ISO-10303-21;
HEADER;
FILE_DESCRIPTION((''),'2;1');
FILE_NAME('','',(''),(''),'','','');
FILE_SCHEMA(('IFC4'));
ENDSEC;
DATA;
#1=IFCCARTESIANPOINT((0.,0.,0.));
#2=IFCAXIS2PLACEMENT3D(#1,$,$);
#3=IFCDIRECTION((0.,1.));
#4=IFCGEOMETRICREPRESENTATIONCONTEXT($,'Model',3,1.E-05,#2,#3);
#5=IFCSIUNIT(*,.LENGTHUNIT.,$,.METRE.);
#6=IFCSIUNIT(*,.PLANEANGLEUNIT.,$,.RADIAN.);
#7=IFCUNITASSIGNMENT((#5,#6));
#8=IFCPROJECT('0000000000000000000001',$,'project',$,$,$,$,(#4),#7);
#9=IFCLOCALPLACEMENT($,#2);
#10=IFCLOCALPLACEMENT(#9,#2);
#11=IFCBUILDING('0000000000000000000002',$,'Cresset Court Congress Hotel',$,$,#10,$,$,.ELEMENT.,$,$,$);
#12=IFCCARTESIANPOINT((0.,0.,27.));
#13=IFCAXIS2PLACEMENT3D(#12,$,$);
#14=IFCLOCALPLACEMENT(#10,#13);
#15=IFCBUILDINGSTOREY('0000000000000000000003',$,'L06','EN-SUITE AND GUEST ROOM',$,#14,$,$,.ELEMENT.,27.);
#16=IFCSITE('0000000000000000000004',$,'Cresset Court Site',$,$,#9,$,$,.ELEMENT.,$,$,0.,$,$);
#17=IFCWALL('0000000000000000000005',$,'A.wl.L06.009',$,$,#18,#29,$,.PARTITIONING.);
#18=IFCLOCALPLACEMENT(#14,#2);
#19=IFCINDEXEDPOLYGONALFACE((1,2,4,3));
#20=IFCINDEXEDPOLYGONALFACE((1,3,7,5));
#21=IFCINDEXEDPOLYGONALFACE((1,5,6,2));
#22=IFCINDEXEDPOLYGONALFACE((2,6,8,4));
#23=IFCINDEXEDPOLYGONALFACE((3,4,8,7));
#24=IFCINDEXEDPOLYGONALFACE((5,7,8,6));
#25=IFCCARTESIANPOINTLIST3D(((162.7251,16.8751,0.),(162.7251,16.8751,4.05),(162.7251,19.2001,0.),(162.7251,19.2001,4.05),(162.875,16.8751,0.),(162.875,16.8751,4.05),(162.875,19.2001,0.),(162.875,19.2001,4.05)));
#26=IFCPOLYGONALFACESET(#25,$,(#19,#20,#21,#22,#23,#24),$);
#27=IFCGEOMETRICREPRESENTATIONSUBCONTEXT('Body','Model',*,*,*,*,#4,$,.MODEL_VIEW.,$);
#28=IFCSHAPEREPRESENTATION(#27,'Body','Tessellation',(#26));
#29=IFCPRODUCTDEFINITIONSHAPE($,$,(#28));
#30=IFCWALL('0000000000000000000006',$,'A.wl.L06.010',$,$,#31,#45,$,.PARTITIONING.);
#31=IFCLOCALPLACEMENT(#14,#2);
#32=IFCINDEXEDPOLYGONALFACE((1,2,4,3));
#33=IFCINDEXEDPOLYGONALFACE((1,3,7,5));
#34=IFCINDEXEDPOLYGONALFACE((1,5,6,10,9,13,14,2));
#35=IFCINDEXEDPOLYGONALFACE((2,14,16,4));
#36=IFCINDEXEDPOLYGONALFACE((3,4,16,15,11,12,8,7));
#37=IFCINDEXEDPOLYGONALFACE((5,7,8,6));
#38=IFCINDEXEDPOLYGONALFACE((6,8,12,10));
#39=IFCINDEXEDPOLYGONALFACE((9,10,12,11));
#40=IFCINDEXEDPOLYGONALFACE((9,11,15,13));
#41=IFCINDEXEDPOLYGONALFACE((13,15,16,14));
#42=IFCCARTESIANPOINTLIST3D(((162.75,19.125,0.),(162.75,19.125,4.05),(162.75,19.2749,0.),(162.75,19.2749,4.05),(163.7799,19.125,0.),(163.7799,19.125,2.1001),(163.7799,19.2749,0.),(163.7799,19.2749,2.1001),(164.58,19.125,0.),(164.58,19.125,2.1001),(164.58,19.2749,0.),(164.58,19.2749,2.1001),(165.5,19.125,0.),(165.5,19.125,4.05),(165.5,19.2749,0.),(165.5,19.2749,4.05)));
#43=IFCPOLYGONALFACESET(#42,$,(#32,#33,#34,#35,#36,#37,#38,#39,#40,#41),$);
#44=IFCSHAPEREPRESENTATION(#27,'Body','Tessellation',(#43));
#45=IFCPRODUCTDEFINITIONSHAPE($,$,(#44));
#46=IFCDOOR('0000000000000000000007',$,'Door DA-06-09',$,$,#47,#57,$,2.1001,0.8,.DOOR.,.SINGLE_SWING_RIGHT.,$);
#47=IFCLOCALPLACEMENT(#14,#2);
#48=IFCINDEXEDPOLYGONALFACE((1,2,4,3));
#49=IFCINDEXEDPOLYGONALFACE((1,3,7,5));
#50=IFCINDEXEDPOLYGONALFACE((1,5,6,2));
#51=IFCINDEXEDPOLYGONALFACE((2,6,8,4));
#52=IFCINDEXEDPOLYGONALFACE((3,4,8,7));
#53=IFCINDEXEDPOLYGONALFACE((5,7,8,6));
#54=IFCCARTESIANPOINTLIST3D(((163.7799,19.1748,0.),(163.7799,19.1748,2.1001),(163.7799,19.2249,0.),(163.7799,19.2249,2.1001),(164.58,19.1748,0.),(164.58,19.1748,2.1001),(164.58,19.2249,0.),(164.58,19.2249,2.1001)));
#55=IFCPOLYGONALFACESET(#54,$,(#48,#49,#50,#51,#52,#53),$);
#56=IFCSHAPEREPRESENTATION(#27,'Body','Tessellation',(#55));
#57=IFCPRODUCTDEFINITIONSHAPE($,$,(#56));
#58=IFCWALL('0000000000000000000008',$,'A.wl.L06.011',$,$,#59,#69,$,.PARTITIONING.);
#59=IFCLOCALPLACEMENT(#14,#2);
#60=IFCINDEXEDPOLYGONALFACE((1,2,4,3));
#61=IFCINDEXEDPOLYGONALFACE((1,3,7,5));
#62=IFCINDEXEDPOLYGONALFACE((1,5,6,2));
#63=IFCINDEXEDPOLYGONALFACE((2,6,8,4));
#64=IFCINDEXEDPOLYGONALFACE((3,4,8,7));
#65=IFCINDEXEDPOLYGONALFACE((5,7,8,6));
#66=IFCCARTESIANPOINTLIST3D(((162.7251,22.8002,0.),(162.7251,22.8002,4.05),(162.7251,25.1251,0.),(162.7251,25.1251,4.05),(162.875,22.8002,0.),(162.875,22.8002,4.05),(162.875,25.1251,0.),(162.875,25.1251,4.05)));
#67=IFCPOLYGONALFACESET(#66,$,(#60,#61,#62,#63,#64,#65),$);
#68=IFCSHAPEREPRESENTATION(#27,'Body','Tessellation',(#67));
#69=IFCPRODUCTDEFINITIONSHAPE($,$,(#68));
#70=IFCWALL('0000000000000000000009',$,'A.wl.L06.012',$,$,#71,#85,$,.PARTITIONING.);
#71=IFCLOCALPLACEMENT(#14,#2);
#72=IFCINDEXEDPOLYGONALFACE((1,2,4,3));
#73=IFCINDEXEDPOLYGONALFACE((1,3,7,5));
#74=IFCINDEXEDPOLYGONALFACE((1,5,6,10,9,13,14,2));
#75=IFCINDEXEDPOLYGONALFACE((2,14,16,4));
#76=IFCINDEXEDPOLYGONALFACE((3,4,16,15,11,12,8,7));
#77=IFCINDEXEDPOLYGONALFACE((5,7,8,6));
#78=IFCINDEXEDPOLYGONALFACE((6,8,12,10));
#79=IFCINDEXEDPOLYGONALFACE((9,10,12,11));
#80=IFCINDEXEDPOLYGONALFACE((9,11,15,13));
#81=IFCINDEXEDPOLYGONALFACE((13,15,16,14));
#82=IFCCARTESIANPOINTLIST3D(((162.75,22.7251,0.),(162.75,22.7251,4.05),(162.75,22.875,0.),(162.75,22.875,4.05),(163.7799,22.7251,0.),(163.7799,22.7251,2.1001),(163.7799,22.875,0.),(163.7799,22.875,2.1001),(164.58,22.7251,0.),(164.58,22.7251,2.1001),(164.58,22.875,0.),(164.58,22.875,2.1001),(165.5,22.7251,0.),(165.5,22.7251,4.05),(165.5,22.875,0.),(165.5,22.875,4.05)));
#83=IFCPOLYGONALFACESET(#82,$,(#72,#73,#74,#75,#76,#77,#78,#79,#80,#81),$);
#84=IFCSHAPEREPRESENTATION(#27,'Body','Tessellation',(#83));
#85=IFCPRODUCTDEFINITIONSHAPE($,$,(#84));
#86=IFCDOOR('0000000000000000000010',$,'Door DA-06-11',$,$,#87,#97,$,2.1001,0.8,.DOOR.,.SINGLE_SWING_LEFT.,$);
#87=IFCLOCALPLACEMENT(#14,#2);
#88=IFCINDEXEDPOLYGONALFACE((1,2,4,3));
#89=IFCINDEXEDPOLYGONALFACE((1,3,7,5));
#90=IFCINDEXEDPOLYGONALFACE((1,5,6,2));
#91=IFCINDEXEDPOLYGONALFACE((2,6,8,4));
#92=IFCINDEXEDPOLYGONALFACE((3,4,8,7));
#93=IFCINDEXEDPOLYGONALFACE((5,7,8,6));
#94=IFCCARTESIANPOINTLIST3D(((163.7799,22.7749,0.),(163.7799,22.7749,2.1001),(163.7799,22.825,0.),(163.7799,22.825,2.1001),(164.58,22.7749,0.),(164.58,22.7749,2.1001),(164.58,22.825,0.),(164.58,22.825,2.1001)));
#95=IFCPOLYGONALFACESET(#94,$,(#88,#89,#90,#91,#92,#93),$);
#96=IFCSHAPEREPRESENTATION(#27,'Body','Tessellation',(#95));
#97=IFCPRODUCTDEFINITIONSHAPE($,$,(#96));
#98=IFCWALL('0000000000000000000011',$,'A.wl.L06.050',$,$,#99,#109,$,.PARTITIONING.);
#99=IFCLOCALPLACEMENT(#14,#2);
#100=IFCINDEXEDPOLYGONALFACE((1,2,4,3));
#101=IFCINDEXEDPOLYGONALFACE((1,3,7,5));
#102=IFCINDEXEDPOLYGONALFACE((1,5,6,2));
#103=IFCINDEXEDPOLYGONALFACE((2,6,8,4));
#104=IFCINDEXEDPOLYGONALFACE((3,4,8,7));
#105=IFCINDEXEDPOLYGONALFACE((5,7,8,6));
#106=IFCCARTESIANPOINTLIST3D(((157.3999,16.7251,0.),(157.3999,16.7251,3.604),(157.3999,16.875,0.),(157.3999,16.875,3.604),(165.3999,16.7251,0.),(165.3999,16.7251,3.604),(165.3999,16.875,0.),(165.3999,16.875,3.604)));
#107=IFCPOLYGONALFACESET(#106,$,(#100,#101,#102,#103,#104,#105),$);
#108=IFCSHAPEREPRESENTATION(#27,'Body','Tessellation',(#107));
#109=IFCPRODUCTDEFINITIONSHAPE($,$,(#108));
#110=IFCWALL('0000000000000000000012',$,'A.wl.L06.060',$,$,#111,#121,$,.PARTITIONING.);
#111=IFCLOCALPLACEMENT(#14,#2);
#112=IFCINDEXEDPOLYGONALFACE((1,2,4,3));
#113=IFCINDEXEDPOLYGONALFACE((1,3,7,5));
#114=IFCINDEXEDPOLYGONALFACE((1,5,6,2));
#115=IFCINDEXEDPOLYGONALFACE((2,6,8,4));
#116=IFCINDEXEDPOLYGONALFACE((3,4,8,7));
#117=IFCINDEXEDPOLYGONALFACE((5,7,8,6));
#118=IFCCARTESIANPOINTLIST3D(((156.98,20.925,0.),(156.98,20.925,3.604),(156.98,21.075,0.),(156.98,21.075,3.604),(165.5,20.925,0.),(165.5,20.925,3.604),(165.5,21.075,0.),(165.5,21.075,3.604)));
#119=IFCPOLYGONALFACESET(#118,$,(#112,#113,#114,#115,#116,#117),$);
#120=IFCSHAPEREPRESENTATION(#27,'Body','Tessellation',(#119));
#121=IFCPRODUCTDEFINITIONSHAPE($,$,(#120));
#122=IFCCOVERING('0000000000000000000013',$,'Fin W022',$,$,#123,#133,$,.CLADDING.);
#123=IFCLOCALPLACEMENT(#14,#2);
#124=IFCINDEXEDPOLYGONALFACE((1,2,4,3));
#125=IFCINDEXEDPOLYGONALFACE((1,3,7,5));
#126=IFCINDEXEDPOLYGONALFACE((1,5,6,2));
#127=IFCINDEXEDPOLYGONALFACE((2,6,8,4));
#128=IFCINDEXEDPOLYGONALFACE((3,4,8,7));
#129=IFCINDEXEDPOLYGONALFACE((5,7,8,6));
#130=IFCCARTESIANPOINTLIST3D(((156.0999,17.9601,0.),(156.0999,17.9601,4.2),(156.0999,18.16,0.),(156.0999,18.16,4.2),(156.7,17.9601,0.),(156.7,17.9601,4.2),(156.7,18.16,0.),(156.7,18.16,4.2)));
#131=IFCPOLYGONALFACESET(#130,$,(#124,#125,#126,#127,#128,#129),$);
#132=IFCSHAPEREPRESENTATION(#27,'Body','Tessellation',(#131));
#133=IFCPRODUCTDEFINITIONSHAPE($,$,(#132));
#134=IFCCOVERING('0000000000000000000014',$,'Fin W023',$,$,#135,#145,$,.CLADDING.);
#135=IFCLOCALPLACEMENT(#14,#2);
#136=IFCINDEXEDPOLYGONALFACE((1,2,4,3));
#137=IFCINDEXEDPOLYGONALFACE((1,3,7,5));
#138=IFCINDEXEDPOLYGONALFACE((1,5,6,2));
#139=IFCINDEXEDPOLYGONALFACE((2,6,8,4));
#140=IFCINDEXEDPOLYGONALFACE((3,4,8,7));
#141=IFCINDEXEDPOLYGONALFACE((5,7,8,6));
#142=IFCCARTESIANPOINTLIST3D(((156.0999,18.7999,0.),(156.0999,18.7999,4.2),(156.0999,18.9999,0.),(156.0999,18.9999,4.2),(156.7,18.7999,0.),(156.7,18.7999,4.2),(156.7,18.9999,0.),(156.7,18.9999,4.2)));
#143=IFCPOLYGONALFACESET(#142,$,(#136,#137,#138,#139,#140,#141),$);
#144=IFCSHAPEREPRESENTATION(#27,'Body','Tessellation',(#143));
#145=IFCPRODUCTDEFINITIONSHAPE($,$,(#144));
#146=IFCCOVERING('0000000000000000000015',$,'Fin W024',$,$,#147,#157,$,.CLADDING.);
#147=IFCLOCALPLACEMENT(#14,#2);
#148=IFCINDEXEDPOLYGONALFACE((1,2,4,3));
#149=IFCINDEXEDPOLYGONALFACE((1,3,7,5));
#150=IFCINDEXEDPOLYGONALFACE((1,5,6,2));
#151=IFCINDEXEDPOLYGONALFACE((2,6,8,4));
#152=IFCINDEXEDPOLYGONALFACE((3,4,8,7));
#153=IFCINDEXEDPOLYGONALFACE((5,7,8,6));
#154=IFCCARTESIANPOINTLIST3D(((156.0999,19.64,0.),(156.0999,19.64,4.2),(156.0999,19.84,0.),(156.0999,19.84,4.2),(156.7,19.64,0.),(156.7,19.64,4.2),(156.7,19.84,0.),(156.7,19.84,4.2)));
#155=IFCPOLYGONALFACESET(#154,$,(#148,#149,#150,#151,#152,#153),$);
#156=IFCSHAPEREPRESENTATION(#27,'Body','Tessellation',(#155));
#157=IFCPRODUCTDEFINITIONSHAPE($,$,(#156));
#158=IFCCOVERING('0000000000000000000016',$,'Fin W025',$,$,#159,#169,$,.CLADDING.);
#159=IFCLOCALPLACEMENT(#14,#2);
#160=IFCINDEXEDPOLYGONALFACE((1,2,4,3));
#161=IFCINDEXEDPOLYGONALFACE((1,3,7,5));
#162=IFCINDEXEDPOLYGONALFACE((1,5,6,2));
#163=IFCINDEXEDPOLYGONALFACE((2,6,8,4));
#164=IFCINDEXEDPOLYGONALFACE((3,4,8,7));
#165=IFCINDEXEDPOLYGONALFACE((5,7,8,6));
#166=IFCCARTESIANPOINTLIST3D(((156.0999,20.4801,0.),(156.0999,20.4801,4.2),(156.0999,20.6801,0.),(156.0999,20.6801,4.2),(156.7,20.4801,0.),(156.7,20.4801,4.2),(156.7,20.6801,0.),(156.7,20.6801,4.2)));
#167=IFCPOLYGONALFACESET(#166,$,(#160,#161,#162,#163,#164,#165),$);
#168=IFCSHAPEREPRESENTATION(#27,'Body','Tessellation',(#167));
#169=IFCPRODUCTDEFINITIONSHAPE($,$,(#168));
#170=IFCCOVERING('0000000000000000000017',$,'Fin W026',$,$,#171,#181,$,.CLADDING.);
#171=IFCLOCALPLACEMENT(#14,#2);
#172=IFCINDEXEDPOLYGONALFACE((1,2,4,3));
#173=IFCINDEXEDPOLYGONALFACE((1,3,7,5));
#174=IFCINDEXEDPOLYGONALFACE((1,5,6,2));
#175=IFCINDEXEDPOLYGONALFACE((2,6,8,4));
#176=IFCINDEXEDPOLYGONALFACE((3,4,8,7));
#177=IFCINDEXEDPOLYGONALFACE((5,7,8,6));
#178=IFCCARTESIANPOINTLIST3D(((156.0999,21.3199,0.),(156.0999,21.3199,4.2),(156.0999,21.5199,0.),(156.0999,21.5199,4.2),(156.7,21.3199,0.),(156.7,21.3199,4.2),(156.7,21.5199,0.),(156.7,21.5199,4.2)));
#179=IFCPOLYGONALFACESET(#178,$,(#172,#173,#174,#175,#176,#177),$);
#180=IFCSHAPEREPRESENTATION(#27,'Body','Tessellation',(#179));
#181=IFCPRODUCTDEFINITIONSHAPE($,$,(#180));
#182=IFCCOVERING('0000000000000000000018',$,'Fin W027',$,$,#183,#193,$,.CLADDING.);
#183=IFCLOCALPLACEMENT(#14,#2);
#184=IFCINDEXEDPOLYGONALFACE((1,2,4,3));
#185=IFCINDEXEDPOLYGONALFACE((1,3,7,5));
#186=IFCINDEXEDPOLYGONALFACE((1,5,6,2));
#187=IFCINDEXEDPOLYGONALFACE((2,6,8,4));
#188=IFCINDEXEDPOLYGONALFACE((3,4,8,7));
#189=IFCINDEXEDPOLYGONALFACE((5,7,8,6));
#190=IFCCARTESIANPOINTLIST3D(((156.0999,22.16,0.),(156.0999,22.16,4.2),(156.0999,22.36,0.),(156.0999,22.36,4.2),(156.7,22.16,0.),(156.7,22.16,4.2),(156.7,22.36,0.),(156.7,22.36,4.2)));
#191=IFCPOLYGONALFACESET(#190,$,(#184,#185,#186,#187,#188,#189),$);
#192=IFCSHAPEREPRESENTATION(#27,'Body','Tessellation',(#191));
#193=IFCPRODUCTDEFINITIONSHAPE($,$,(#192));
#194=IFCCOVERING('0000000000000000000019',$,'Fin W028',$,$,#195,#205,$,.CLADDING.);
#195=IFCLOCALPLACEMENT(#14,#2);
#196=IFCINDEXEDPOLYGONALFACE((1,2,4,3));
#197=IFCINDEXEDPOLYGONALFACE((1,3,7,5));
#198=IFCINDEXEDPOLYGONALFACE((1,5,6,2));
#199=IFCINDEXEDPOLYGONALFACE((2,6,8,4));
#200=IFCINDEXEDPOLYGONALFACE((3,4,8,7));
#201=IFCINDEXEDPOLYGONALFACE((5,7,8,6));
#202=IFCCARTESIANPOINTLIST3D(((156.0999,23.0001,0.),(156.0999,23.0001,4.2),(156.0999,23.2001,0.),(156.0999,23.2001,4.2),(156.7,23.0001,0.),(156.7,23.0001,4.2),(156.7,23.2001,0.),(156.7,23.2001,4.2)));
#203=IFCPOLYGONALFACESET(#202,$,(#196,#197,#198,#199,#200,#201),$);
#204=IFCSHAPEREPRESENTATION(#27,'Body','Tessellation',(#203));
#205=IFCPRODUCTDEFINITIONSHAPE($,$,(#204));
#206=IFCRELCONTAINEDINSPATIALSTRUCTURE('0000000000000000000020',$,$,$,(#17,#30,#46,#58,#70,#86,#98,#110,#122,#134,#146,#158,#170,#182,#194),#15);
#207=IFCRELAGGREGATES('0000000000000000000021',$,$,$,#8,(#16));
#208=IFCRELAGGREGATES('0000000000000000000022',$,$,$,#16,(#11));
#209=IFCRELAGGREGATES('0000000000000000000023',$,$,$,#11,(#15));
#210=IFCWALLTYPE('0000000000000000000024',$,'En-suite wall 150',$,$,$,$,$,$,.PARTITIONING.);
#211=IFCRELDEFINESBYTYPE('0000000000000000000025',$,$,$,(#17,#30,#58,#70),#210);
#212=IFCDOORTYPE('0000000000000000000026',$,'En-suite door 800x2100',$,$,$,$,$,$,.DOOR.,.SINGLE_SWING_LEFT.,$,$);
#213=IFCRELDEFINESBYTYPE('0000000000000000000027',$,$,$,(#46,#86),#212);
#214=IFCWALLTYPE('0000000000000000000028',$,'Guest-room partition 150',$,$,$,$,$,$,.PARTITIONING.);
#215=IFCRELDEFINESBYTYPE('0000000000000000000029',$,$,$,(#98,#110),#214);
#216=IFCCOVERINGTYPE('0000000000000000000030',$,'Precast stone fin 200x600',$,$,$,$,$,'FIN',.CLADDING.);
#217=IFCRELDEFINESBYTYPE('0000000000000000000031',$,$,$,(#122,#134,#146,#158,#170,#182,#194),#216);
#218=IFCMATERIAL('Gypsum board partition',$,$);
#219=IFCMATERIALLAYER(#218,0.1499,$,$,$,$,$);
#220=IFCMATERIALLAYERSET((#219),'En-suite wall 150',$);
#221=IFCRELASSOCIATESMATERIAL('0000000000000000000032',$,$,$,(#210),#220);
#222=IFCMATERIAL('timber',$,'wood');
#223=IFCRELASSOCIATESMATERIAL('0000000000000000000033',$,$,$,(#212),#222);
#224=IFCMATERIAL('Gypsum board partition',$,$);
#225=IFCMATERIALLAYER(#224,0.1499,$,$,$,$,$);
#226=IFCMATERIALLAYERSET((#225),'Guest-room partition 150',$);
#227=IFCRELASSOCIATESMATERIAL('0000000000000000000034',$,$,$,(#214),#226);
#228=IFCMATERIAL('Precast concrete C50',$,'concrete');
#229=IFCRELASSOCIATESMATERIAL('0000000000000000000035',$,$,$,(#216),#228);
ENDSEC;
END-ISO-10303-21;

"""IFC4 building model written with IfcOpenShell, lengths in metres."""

from ifc_helpers import new_model, si_unit, direction, frame, frame_2d, origin, origin_2d, place, context, subcontext, project, spatial, rectangle, extrude, material, layer, layer_set, type_object, element, fill, save


model = new_model("IFC4")

# Units and contexts
model_context = context("Model", 3, precision=1e-05, world=origin(), true_north=direction((0.0, 1.0)))
body_context = subcontext(model_context, "Body", "Model", "MODEL_VIEW")
ifc_project = project(units=[si_unit("LENGTHUNIT", "METRE"), si_unit("PLANEANGLEUNIT", "RADIAN")], contexts=[model_context])

# Site, building, storey
site_placement = place(None, origin())
site = spatial("IfcSite", under=ifc_project, at=site_placement, Name="Cresset Court Site", CompositionType="ELEMENT", RefElevation=0.0)
building_placement = place(site_placement, origin())
building = spatial("IfcBuilding", under=site, at=building_placement, Name="Cresset Court Congress Hotel", CompositionType="ELEMENT")
storey_placement = place(building_placement, frame((0.0, 0.0, 27.0)))
storey = spatial("IfcBuildingStorey", under=building, at=storey_placement, Name="L06", Description="EN-SUITE AND GUEST ROOM", CompositionType="ELEMENT", Elevation=27.0)

# Wall
ifc_material_1 = material(Name="Gypsum board partition")
ifc_layer_1 = layer(ifc_material_1, 0.1499)
ifc_layer_set_1 = layer_set([ifc_layer_1], Name="En-suite wall 150")
wall_type_1 = type_object("IfcWallType", Name="En-suite wall 150", PredefinedType="PARTITIONING", material=ifc_layer_set_1)
wall_1_placement = place(storey_placement, frame((162.8, 16.875, 0.0), z_axis=(0.0, 0.0, 1.0), x_axis=(0.0, 1.0, 0.0)))
element("IfcWall", 1, at=wall_1_placement, inside=storey, type_object=wall_type_1, Name="A.wl.L06.009", PredefinedType="PARTITIONING", context=body_context, shape_type="SweptSolid", body=[
    extrude(rectangle(XDim=2.325, YDim=0.1499, at=frame_2d((1.1626, 0.0))), origin(), (0.0, 0.0, 1.0), 4.05),
])

# Wall, opening, door
wall_2_placement = place(storey_placement, frame((162.75, 19.2, 0.0), z_axis=(0.0, 0.0, 1.0), x_axis=(1.0, 0.0, 0.0)))
wall_2 = element("IfcWall", 2, at=wall_2_placement, inside=storey, type_object=wall_type_1, Name="A.wl.L06.010", PredefinedType="PARTITIONING", context=body_context, shape_type="SweptSolid", body=[
    extrude(rectangle(XDim=2.75, YDim=0.1499, at=frame_2d((1.375, 0.0))), origin(), (0.0, 0.0, 1.0), 4.05),
])
opening_1_placement = place(wall_2_placement, frame((1.03, 0.0, 0.0)))
opening_1 = element("IfcOpeningElement", 3, at=opening_1_placement, cuts=wall_2, PredefinedType="OPENING", context=body_context, shape_type="SweptSolid", body=[
    extrude(rectangle(XDim=0.8, YDim=2.1001, at=frame_2d((0.3999, 1.05))), frame((0.0, 0.085, 0.0), z_axis=(0.0, -1.0, 0.0), x_axis=(1.0, 0.0, 0.0)), (0.0, 0.0, 1.0), 0.1699),
])
ifc_material_2 = material(Name="timber", Category="wood")
door_type = type_object("IfcDoorType", Name="En-suite door 800x2100", OperationType="SINGLE_SWING_LEFT", PredefinedType="DOOR", material=ifc_material_2)
door_1_placement = place(opening_1_placement, origin())
door_1 = element("IfcDoor", 4, at=door_1_placement, inside=storey, type_object=door_type, Name="Door DA-06-09", OperationType="SINGLE_SWING_RIGHT", OverallHeight=2.1001, OverallWidth=0.8, PredefinedType="DOOR", context=body_context, shape_type="SweptSolid", body=[
    extrude(rectangle(XDim=0.8, YDim=2.1001, at=frame_2d((0.3999, 1.05))), frame((0.0, 0.0249, 0.0), z_axis=(0.0, -1.0, 0.0), x_axis=(1.0, 0.0, 0.0)), (0.0, 0.0, 1.0), 0.05),
])
fill(opening_1, door_1)

# Wall
wall_3_placement = place(storey_placement, frame((162.8, 22.8, 0.0), z_axis=(0.0, 0.0, 1.0), x_axis=(0.0, 1.0, 0.0)))
element("IfcWall", 5, at=wall_3_placement, inside=storey, type_object=wall_type_1, Name="A.wl.L06.011", PredefinedType="PARTITIONING", context=body_context, shape_type="SweptSolid", body=[
    extrude(rectangle(XDim=2.325, YDim=0.1499, at=frame_2d((1.1626, 0.0))), origin(), (0.0, 0.0, 1.0), 4.05),
])

# Wall, opening, door
wall_4_placement = place(storey_placement, frame((162.75, 22.8, 0.0), z_axis=(0.0, 0.0, 1.0), x_axis=(1.0, 0.0, 0.0)))
wall_4 = element("IfcWall", 6, at=wall_4_placement, inside=storey, type_object=wall_type_1, Name="A.wl.L06.012", PredefinedType="PARTITIONING", context=body_context, shape_type="SweptSolid", body=[
    extrude(rectangle(XDim=2.75, YDim=0.1499, at=frame_2d((1.375, 0.0))), origin(), (0.0, 0.0, 1.0), 4.05),
])
opening_2_placement = place(wall_4_placement, frame((1.03, 0.0, 0.0)))
opening_2 = element("IfcOpeningElement", 7, at=opening_2_placement, cuts=wall_4, PredefinedType="OPENING", context=body_context, shape_type="SweptSolid", body=[
    extrude(rectangle(XDim=0.8, YDim=2.1001, at=frame_2d((0.3999, 1.05))), frame((0.0, 0.085, 0.0), z_axis=(0.0, -1.0, 0.0), x_axis=(1.0, 0.0, 0.0)), (0.0, 0.0, 1.0), 0.1699),
])
door_2_placement = place(opening_2_placement, origin())
door_2 = element("IfcDoor", 8, at=door_2_placement, inside=storey, type_object=door_type, Name="Door DA-06-11", OperationType="SINGLE_SWING_LEFT", OverallHeight=2.1001, OverallWidth=0.8, PredefinedType="DOOR", context=body_context, shape_type="SweptSolid", body=[
    extrude(rectangle(XDim=0.8, YDim=2.1001, at=frame_2d((0.3999, 1.05))), frame((0.0, 0.0249, 0.0), z_axis=(0.0, -1.0, 0.0), x_axis=(1.0, 0.0, 0.0)), (0.0, 0.0, 1.0), 0.05),
])
fill(opening_2, door_2)

# Walls
ifc_material_3 = material(Name="Gypsum board partition")
ifc_layer_2 = layer(ifc_material_3, 0.1499)
ifc_layer_set_2 = layer_set([ifc_layer_2], Name="Guest-room partition 150")
wall_type_2 = type_object("IfcWallType", Name="Guest-room partition 150", PredefinedType="PARTITIONING", material=ifc_layer_set_2)
wall_5_placement = place(storey_placement, frame((157.3999, 16.8, 0.0), z_axis=(0.0, 0.0, 1.0), x_axis=(1.0, 0.0, 0.0)))
element("IfcWall", 9, at=wall_5_placement, inside=storey, type_object=wall_type_2, Name="A.wl.L06.050", PredefinedType="PARTITIONING", context=body_context, shape_type="SweptSolid", body=[
    extrude(rectangle(XDim=8.0, YDim=0.1499, at=frame_2d((4.0, 0.0))), origin(), (0.0, 0.0, 1.0), 3.604),
])
wall_6_placement = place(storey_placement, frame((156.98, 21.0, 0.0), z_axis=(0.0, 0.0, 1.0), x_axis=(1.0, 0.0, 0.0)))
element("IfcWall", 10, at=wall_6_placement, inside=storey, type_object=wall_type_2, Name="A.wl.L06.060", PredefinedType="PARTITIONING", context=body_context, shape_type="SweptSolid", body=[
    extrude(rectangle(XDim=8.52, YDim=0.1499, at=frame_2d((4.26, 0.0))), origin(), (0.0, 0.0, 1.0), 3.604),
])

# Coverings
ifc_material_4 = material(Name="Precast concrete C50", Category="concrete")
covering_type_1 = type_object("IfcCoveringType", Name="Precast stone fin 200x600", ElementType="FIN", PredefinedType="CLADDING", material=ifc_material_4)
for number, where, z_axis, x_axis, name in (
    (11, (156.3999, 18.0601, 0.0), (0.0, 0.0, 1.0), (1.0, 0.0, 0.0), "Fin W022"),
    (12, (156.3999, 18.8999, 0.0), (0.0, 0.0, 1.0), (1.0, 0.0, 0.0), "Fin W023"),
    (13, (156.3999, 19.74, 0.0), (0.0, 0.0, 1.0), (1.0, 0.0, 0.0), "Fin W024"),
    (14, (156.3999, 20.5801, 0.0), (0.0, 0.0, 1.0), (1.0, 0.0, 0.0), "Fin W025"),
    (15, (156.3999, 21.4199, 0.0), (0.0, 0.0, 1.0), (1.0, 0.0, 0.0), "Fin W026"),
    (16, (156.3999, 22.26, 0.0), (0.0, 0.0, 1.0), (1.0, 0.0, 0.0), "Fin W027"),
    (17, (156.3999, 23.1001, 0.0), (0.0, 0.0, 1.0), (1.0, 0.0, 0.0), "Fin W028"),
):
    element("IfcCovering", number, at=place(storey_placement, frame(where, z_axis=z_axis, x_axis=x_axis)), inside=storey, type_object=covering_type_1, Name=name, PredefinedType="CLADDING", context=body_context, shape_type="SweptSolid", body=[
        extrude(rectangle(XDim=0.6001, YDim=0.2, at=origin_2d()), origin(), (0.0, 0.0, 1.0), 4.2),
    ])

save(model, "model.ifc")
